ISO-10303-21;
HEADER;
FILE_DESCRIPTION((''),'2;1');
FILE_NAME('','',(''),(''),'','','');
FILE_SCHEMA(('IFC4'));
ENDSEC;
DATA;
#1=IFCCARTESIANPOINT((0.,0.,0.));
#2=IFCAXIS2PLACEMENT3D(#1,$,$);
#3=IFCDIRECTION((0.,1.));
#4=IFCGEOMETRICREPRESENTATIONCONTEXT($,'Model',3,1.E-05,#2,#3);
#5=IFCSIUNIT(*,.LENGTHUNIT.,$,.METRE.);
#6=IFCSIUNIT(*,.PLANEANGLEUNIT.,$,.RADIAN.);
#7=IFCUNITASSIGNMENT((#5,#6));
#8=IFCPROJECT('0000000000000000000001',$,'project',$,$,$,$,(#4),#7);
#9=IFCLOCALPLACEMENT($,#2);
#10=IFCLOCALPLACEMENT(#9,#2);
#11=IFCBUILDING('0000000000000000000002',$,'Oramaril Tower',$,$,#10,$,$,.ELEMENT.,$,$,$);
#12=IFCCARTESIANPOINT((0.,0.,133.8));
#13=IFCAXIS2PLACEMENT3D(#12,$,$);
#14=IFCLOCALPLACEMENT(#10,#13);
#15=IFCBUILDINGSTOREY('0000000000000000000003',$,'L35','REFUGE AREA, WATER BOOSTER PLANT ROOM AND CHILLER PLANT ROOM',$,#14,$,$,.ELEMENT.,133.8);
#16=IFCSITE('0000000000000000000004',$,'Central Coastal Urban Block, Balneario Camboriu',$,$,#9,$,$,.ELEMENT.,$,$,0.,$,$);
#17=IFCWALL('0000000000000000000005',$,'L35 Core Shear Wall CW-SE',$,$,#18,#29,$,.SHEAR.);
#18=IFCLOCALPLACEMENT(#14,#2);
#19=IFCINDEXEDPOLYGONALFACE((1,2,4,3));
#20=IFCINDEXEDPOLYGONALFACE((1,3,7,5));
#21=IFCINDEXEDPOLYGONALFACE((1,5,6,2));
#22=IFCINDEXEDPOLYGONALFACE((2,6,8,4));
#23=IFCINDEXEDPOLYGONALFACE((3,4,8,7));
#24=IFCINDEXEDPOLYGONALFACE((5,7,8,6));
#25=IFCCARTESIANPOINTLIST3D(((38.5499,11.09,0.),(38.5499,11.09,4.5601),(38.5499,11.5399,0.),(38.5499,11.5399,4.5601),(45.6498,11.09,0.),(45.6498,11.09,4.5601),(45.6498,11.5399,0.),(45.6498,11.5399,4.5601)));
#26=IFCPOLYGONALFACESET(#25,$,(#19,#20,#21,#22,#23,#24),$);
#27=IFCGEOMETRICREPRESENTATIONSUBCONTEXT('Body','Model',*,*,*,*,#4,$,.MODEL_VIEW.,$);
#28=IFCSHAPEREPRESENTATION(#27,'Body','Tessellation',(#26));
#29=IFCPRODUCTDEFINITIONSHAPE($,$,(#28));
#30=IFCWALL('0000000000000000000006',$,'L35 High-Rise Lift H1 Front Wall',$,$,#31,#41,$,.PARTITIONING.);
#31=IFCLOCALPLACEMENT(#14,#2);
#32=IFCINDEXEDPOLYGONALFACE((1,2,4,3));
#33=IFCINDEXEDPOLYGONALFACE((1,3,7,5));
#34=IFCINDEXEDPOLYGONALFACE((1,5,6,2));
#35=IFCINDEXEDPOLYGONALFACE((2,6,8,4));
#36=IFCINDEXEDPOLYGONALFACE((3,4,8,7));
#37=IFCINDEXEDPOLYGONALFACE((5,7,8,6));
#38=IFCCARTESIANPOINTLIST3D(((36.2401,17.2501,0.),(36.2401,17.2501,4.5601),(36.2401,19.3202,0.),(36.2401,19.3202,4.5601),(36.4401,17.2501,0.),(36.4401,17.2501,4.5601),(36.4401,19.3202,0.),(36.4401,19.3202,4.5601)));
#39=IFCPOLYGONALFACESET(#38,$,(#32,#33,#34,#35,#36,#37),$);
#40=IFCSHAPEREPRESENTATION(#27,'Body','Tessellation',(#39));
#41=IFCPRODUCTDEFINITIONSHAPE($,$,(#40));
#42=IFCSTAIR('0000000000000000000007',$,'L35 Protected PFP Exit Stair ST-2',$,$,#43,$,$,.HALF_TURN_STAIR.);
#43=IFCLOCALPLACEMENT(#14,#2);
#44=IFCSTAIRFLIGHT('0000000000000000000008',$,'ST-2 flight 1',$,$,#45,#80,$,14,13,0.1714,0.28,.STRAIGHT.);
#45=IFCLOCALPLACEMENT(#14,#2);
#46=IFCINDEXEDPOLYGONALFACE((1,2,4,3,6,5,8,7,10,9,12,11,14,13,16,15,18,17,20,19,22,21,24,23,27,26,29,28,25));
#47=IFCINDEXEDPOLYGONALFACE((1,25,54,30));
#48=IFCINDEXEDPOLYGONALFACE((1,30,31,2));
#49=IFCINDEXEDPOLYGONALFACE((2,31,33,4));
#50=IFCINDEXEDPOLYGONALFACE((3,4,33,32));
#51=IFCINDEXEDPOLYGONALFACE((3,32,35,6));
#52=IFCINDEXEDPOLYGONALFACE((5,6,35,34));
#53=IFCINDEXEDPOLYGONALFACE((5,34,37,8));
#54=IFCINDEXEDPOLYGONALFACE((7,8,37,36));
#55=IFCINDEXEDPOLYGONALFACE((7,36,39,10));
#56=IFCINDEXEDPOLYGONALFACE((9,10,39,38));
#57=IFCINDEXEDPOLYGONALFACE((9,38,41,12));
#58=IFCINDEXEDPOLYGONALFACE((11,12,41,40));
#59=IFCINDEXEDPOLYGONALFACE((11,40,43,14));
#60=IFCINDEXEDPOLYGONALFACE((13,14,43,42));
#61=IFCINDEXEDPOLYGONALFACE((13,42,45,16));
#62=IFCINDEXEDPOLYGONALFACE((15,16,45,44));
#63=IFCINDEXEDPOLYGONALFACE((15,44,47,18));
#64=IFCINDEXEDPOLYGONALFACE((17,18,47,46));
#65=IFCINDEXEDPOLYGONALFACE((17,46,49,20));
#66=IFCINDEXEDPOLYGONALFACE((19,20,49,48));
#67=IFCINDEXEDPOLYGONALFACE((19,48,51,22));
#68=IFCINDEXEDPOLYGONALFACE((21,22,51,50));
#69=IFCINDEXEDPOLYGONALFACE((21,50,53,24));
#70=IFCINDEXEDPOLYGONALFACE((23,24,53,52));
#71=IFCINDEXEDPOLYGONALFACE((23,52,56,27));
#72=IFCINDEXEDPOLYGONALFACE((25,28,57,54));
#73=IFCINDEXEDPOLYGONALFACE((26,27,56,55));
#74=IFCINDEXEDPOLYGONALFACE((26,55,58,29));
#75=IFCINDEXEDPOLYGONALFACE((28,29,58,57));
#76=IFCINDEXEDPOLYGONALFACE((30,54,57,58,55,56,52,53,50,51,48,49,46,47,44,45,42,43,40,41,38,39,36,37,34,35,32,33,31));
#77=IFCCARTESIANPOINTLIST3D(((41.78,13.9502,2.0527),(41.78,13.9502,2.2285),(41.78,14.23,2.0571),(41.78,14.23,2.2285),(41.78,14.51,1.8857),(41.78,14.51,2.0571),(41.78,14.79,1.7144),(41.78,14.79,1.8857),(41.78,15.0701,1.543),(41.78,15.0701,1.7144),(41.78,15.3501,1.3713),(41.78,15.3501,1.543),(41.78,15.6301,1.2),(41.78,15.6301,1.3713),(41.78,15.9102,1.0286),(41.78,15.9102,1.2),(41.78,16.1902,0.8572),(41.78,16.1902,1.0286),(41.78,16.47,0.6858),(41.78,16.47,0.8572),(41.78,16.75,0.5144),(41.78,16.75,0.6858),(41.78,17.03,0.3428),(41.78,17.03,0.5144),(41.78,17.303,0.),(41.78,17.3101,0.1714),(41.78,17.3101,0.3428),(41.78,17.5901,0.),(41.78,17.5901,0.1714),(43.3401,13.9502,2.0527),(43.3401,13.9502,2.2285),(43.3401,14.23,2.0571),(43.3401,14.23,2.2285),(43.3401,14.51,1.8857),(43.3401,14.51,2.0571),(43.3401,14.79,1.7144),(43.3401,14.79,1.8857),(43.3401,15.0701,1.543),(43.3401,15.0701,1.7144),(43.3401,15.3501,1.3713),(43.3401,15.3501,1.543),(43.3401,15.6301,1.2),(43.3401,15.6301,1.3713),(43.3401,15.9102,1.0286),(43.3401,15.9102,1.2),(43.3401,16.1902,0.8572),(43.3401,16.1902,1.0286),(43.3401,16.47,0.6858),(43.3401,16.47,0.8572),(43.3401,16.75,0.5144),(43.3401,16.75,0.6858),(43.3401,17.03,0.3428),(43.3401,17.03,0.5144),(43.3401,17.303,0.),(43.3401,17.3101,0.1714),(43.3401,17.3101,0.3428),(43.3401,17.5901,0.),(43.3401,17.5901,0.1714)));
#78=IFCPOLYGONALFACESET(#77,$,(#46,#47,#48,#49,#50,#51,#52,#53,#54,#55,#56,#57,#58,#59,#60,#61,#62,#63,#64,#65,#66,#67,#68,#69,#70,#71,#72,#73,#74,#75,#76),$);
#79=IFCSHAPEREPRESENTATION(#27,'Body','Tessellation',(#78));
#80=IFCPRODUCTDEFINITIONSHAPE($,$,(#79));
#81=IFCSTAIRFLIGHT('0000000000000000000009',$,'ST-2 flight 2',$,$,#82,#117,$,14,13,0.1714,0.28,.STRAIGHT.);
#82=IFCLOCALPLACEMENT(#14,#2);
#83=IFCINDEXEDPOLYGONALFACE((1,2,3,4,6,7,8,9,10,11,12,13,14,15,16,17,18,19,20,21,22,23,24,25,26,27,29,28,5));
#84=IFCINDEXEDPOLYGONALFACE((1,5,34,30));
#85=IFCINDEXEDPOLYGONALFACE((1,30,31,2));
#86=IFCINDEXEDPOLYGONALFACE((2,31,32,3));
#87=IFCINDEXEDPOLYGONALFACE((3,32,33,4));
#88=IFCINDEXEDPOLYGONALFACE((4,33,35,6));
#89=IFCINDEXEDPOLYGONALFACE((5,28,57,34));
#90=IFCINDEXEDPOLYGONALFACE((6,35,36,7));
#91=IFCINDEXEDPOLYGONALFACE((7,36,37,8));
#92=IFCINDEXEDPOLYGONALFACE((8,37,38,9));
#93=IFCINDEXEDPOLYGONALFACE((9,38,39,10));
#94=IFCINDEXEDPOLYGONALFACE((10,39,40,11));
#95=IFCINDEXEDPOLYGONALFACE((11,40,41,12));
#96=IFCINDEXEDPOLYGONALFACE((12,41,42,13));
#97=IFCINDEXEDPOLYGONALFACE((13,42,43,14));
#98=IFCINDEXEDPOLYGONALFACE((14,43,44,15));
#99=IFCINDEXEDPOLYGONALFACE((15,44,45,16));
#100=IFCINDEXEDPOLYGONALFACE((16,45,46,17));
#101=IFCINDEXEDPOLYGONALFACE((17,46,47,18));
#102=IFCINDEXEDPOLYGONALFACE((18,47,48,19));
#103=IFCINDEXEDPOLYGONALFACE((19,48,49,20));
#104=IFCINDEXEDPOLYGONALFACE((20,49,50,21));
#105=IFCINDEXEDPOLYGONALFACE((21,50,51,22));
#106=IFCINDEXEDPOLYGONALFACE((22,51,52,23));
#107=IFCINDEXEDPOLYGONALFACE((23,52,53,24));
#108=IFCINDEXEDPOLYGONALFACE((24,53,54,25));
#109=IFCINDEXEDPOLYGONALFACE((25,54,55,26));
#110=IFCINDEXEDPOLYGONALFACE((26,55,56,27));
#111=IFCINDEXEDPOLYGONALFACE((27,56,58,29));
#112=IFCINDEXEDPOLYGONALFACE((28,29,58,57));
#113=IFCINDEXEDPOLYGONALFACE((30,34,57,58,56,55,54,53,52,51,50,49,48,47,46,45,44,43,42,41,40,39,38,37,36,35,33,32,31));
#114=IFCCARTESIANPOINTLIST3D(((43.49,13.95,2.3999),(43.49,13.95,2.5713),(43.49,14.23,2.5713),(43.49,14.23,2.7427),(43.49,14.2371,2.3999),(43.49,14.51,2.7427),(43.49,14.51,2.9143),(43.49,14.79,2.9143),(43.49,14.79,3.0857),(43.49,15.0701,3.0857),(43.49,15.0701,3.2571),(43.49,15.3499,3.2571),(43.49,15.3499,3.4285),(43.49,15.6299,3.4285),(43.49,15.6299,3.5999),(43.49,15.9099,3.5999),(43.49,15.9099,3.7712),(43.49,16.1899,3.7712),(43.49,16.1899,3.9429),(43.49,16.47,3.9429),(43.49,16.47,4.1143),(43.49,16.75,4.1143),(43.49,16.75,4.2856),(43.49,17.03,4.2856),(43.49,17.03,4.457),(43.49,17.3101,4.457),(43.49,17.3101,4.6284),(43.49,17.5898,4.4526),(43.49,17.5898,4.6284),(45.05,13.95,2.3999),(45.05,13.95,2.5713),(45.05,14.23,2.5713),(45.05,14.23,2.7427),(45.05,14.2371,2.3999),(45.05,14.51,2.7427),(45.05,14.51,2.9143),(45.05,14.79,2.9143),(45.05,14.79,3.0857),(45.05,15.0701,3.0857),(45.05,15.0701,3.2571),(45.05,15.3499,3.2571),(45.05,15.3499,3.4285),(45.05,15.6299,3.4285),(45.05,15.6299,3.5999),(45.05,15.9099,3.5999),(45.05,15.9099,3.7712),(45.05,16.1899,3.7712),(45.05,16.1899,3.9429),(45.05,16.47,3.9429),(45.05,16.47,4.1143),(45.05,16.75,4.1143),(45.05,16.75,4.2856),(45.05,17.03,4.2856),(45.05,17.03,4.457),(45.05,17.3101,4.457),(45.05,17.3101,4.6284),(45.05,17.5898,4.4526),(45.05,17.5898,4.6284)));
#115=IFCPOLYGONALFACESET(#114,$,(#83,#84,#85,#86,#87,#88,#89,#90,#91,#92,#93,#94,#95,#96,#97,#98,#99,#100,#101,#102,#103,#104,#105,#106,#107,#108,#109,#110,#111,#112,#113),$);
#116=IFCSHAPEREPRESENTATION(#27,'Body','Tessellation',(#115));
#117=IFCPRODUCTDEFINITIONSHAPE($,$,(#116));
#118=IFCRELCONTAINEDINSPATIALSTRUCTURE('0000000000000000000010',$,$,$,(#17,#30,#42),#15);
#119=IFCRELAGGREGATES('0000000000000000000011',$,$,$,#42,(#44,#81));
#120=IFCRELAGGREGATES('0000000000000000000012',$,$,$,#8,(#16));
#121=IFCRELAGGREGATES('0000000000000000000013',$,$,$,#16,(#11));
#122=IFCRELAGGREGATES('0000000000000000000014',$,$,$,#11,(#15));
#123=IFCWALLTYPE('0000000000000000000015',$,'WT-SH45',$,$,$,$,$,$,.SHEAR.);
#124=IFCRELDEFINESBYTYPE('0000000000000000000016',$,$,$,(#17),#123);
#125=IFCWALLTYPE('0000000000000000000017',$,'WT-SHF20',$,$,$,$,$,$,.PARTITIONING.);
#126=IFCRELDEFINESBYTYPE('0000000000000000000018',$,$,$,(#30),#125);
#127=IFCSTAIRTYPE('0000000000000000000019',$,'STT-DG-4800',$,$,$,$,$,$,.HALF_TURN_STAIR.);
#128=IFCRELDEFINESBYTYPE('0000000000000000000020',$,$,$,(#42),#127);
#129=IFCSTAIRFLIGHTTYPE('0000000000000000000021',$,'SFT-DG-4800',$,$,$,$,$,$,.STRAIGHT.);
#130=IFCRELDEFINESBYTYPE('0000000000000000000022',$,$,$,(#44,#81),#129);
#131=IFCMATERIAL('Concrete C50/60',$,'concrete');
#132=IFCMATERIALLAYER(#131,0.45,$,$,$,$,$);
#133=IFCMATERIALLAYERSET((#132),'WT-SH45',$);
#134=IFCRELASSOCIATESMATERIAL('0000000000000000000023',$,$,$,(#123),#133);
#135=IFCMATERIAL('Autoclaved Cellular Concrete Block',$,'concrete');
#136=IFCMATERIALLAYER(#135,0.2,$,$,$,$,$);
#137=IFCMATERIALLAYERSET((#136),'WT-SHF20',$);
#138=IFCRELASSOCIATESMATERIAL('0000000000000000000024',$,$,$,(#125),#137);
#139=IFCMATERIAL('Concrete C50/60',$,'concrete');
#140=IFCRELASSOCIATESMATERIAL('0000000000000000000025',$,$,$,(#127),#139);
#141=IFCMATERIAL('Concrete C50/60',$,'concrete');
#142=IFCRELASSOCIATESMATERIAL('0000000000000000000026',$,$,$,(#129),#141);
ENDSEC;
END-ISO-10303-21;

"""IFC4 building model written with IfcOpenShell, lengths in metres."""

from ifc_helpers import new_model, si_unit, direction, frame, frame_2d, origin, place, context, subcontext, project, spatial, polyline, rectangle, outline, extrude, material, layer, layer_set, type_object, element, aggregate, save


model = new_model("IFC4")

# Units and contexts
model_context = context("Model", 3, precision=1e-05, world=origin(), true_north=direction((0.0, 1.0)))
body_context = subcontext(model_context, "Body", "Model", "MODEL_VIEW")
ifc_project = project(units=[si_unit("LENGTHUNIT", "METRE"), si_unit("PLANEANGLEUNIT", "RADIAN")], contexts=[model_context])

# Site, building, storey
site_placement = place(None, origin())
site = spatial("IfcSite", under=ifc_project, at=site_placement, Name="Central Coastal Urban Block, Balneario Camboriu", CompositionType="ELEMENT", RefElevation=0.0)
building_placement = place(site_placement, origin())
building = spatial("IfcBuilding", under=site, at=building_placement, Name="Oramaril Tower", CompositionType="ELEMENT")
storey_placement = place(building_placement, frame((0.0, 0.0, 133.8)))
storey = spatial("IfcBuildingStorey", under=building, at=storey_placement, Name="L35", Description="REFUGE AREA, WATER BOOSTER PLANT ROOM AND CHILLER PLANT ROOM", CompositionType="ELEMENT", Elevation=133.8)

# Walls
ifc_material_1 = material(Name="Concrete C50/60", Category="concrete")
ifc_layer_1 = layer(ifc_material_1, 0.45)
ifc_layer_set_1 = layer_set([ifc_layer_1], Name="WT-SH45")
wall_type_1 = type_object("IfcWallType", Name="WT-SH45", PredefinedType="SHEAR", material=ifc_layer_set_1)
wall_1_placement = place(storey_placement, frame((38.55, 11.3149, 0.0), z_axis=(0.0, 0.0, 1.0), x_axis=(1.0, 0.0, 0.0)))
element("IfcWall", 1, at=wall_1_placement, inside=storey, type_object=wall_type_1, Name="L35 Core Shear Wall CW-SE", PredefinedType="SHEAR", context=body_context, shape_type="SweptSolid", body=[
    extrude(rectangle(XDim=7.0999, YDim=0.45, at=frame_2d((3.5498, 0.0))), origin(), (0.0, 0.0, 1.0), 4.5601),
])
ifc_material_2 = material(Name="Autoclaved Cellular Concrete Block", Category="concrete")
ifc_layer_2 = layer(ifc_material_2, 0.2)
ifc_layer_set_2 = layer_set([ifc_layer_2], Name="WT-SHF20")
wall_type_2 = type_object("IfcWallType", Name="WT-SHF20", PredefinedType="PARTITIONING", material=ifc_layer_set_2)
wall_2_placement = place(storey_placement, frame((36.3401, 17.25, 0.0), z_axis=(0.0, 0.0, 1.0), x_axis=(0.0, 1.0, 0.0)))
element("IfcWall", 2, at=wall_2_placement, inside=storey, type_object=wall_type_2, Name="L35 High-Rise Lift H1 Front Wall", PredefinedType="PARTITIONING", context=body_context, shape_type="SweptSolid", body=[
    extrude(rectangle(XDim=2.0701, YDim=0.2, at=frame_2d((1.0352, 0.0))), origin(), (0.0, 0.0, 1.0), 4.5601),
])

# Stair, stair flights
ifc_material_3 = material(Name="Concrete C50/60", Category="concrete")
stair_type = type_object("IfcStairType", Name="STT-DG-4800", PredefinedType="HALF_TURN_STAIR", material=ifc_material_3)
stair_placement = place(storey_placement, origin())
stair = element("IfcStair", 3, at=stair_placement, inside=storey, type_object=stair_type, Name="L35 Protected PFP Exit Stair ST-2", PredefinedType="HALF_TURN_STAIR")
ifc_material_4 = material(Name="Concrete C50/60", Category="concrete")
stair_flight_type = type_object("IfcStairFlightType", Name="SFT-DG-4800", PredefinedType="STRAIGHT", material=ifc_material_4)
stair_flight_1_placement = place(storey_placement, frame((42.5601, 17.5901, 0.0), z_axis=(0.0, 0.0, 1.0), x_axis=(0.0, -1.0, 0.0)))
stair_flight_1 = element("IfcStairFlight", 4, at=stair_flight_1_placement, type_object=stair_flight_type, Name="ST-2 flight 1", NumberOfRisers=14, NumberOfTreads=13, PredefinedType="STRAIGHT", RiserHeight=0.1714, TreadLength=0.28, context=body_context, shape_type="SweptSolid", body=[
    extrude(outline(polyline([(0.0, 0.0), (0.0, 0.1714), (0.28, 0.1714), (0.28, 0.3428), (0.5601, 0.3428), (0.5601, 0.5144), (0.8401, 0.5144), (0.8401, 0.6858), (1.1201, 0.6858), (1.1201, 0.8572), (1.3999, 0.8572), (1.3999, 1.0286), (1.6799, 1.0286), (1.6799, 1.2), (1.96, 1.2), (1.96, 1.3713), (2.24, 1.3713), (2.24, 1.543), (2.52, 1.543), (2.52, 1.7144), (2.8, 1.7144), (2.8, 1.8857), (3.0801, 1.8857), (3.0801, 2.0571), (3.3601, 2.0571), (3.3601, 2.2285), (3.6399, 2.2285), (3.6399, 2.3999), (3.6399, 2.0527), (0.2871, 0.0), (0.0, 0.0)])), frame((0.0, 0.78, 0.0), z_axis=(0.0, -1.0, 0.0), x_axis=(1.0, 0.0, 0.0)), (0.0, 0.0, 1.0), 1.5601),
])
stair_flight_2_placement = place(storey_placement, frame((44.27, 13.95, 2.3999), z_axis=(0.0, 0.0, 1.0), x_axis=(0.0, 1.0, 0.0)))
stair_flight_2 = element("IfcStairFlight", 5, at=stair_flight_2_placement, type_object=stair_flight_type, Name="ST-2 flight 2", NumberOfRisers=14, NumberOfTreads=13, PredefinedType="STRAIGHT", RiserHeight=0.1714, TreadLength=0.28, context=body_context, shape_type="SweptSolid", body=[
    extrude(outline(polyline([(0.0, 0.0), (0.0, 0.1714), (0.28, 0.1714), (0.28, 0.3428), (0.5601, 0.3428), (0.5601, 0.5144), (0.8401, 0.5144), (0.8401, 0.6858), (1.1201, 0.6858), (1.1201, 0.8572), (1.3999, 0.8572), (1.3999, 1.0286), (1.6799, 1.0286), (1.6799, 1.2), (1.96, 1.2), (1.96, 1.3713), (2.24, 1.3713), (2.24, 1.543), (2.52, 1.543), (2.52, 1.7144), (2.8, 1.7144), (2.8, 1.8857), (3.0801, 1.8857), (3.0801, 2.0571), (3.3601, 2.0571), (3.3601, 2.2285), (3.6399, 2.2285), (3.6399, 2.3999), (3.6399, 2.0527), (0.2871, 0.0), (0.0, 0.0)])), frame((0.0, 0.78, 0.0), z_axis=(0.0, -1.0, 0.0), x_axis=(1.0, 0.0, 0.0)), (0.0, 0.0, 1.0), 1.5601),
])
aggregate(stair, [stair_flight_1, stair_flight_2])

save(model, "model.ifc")
